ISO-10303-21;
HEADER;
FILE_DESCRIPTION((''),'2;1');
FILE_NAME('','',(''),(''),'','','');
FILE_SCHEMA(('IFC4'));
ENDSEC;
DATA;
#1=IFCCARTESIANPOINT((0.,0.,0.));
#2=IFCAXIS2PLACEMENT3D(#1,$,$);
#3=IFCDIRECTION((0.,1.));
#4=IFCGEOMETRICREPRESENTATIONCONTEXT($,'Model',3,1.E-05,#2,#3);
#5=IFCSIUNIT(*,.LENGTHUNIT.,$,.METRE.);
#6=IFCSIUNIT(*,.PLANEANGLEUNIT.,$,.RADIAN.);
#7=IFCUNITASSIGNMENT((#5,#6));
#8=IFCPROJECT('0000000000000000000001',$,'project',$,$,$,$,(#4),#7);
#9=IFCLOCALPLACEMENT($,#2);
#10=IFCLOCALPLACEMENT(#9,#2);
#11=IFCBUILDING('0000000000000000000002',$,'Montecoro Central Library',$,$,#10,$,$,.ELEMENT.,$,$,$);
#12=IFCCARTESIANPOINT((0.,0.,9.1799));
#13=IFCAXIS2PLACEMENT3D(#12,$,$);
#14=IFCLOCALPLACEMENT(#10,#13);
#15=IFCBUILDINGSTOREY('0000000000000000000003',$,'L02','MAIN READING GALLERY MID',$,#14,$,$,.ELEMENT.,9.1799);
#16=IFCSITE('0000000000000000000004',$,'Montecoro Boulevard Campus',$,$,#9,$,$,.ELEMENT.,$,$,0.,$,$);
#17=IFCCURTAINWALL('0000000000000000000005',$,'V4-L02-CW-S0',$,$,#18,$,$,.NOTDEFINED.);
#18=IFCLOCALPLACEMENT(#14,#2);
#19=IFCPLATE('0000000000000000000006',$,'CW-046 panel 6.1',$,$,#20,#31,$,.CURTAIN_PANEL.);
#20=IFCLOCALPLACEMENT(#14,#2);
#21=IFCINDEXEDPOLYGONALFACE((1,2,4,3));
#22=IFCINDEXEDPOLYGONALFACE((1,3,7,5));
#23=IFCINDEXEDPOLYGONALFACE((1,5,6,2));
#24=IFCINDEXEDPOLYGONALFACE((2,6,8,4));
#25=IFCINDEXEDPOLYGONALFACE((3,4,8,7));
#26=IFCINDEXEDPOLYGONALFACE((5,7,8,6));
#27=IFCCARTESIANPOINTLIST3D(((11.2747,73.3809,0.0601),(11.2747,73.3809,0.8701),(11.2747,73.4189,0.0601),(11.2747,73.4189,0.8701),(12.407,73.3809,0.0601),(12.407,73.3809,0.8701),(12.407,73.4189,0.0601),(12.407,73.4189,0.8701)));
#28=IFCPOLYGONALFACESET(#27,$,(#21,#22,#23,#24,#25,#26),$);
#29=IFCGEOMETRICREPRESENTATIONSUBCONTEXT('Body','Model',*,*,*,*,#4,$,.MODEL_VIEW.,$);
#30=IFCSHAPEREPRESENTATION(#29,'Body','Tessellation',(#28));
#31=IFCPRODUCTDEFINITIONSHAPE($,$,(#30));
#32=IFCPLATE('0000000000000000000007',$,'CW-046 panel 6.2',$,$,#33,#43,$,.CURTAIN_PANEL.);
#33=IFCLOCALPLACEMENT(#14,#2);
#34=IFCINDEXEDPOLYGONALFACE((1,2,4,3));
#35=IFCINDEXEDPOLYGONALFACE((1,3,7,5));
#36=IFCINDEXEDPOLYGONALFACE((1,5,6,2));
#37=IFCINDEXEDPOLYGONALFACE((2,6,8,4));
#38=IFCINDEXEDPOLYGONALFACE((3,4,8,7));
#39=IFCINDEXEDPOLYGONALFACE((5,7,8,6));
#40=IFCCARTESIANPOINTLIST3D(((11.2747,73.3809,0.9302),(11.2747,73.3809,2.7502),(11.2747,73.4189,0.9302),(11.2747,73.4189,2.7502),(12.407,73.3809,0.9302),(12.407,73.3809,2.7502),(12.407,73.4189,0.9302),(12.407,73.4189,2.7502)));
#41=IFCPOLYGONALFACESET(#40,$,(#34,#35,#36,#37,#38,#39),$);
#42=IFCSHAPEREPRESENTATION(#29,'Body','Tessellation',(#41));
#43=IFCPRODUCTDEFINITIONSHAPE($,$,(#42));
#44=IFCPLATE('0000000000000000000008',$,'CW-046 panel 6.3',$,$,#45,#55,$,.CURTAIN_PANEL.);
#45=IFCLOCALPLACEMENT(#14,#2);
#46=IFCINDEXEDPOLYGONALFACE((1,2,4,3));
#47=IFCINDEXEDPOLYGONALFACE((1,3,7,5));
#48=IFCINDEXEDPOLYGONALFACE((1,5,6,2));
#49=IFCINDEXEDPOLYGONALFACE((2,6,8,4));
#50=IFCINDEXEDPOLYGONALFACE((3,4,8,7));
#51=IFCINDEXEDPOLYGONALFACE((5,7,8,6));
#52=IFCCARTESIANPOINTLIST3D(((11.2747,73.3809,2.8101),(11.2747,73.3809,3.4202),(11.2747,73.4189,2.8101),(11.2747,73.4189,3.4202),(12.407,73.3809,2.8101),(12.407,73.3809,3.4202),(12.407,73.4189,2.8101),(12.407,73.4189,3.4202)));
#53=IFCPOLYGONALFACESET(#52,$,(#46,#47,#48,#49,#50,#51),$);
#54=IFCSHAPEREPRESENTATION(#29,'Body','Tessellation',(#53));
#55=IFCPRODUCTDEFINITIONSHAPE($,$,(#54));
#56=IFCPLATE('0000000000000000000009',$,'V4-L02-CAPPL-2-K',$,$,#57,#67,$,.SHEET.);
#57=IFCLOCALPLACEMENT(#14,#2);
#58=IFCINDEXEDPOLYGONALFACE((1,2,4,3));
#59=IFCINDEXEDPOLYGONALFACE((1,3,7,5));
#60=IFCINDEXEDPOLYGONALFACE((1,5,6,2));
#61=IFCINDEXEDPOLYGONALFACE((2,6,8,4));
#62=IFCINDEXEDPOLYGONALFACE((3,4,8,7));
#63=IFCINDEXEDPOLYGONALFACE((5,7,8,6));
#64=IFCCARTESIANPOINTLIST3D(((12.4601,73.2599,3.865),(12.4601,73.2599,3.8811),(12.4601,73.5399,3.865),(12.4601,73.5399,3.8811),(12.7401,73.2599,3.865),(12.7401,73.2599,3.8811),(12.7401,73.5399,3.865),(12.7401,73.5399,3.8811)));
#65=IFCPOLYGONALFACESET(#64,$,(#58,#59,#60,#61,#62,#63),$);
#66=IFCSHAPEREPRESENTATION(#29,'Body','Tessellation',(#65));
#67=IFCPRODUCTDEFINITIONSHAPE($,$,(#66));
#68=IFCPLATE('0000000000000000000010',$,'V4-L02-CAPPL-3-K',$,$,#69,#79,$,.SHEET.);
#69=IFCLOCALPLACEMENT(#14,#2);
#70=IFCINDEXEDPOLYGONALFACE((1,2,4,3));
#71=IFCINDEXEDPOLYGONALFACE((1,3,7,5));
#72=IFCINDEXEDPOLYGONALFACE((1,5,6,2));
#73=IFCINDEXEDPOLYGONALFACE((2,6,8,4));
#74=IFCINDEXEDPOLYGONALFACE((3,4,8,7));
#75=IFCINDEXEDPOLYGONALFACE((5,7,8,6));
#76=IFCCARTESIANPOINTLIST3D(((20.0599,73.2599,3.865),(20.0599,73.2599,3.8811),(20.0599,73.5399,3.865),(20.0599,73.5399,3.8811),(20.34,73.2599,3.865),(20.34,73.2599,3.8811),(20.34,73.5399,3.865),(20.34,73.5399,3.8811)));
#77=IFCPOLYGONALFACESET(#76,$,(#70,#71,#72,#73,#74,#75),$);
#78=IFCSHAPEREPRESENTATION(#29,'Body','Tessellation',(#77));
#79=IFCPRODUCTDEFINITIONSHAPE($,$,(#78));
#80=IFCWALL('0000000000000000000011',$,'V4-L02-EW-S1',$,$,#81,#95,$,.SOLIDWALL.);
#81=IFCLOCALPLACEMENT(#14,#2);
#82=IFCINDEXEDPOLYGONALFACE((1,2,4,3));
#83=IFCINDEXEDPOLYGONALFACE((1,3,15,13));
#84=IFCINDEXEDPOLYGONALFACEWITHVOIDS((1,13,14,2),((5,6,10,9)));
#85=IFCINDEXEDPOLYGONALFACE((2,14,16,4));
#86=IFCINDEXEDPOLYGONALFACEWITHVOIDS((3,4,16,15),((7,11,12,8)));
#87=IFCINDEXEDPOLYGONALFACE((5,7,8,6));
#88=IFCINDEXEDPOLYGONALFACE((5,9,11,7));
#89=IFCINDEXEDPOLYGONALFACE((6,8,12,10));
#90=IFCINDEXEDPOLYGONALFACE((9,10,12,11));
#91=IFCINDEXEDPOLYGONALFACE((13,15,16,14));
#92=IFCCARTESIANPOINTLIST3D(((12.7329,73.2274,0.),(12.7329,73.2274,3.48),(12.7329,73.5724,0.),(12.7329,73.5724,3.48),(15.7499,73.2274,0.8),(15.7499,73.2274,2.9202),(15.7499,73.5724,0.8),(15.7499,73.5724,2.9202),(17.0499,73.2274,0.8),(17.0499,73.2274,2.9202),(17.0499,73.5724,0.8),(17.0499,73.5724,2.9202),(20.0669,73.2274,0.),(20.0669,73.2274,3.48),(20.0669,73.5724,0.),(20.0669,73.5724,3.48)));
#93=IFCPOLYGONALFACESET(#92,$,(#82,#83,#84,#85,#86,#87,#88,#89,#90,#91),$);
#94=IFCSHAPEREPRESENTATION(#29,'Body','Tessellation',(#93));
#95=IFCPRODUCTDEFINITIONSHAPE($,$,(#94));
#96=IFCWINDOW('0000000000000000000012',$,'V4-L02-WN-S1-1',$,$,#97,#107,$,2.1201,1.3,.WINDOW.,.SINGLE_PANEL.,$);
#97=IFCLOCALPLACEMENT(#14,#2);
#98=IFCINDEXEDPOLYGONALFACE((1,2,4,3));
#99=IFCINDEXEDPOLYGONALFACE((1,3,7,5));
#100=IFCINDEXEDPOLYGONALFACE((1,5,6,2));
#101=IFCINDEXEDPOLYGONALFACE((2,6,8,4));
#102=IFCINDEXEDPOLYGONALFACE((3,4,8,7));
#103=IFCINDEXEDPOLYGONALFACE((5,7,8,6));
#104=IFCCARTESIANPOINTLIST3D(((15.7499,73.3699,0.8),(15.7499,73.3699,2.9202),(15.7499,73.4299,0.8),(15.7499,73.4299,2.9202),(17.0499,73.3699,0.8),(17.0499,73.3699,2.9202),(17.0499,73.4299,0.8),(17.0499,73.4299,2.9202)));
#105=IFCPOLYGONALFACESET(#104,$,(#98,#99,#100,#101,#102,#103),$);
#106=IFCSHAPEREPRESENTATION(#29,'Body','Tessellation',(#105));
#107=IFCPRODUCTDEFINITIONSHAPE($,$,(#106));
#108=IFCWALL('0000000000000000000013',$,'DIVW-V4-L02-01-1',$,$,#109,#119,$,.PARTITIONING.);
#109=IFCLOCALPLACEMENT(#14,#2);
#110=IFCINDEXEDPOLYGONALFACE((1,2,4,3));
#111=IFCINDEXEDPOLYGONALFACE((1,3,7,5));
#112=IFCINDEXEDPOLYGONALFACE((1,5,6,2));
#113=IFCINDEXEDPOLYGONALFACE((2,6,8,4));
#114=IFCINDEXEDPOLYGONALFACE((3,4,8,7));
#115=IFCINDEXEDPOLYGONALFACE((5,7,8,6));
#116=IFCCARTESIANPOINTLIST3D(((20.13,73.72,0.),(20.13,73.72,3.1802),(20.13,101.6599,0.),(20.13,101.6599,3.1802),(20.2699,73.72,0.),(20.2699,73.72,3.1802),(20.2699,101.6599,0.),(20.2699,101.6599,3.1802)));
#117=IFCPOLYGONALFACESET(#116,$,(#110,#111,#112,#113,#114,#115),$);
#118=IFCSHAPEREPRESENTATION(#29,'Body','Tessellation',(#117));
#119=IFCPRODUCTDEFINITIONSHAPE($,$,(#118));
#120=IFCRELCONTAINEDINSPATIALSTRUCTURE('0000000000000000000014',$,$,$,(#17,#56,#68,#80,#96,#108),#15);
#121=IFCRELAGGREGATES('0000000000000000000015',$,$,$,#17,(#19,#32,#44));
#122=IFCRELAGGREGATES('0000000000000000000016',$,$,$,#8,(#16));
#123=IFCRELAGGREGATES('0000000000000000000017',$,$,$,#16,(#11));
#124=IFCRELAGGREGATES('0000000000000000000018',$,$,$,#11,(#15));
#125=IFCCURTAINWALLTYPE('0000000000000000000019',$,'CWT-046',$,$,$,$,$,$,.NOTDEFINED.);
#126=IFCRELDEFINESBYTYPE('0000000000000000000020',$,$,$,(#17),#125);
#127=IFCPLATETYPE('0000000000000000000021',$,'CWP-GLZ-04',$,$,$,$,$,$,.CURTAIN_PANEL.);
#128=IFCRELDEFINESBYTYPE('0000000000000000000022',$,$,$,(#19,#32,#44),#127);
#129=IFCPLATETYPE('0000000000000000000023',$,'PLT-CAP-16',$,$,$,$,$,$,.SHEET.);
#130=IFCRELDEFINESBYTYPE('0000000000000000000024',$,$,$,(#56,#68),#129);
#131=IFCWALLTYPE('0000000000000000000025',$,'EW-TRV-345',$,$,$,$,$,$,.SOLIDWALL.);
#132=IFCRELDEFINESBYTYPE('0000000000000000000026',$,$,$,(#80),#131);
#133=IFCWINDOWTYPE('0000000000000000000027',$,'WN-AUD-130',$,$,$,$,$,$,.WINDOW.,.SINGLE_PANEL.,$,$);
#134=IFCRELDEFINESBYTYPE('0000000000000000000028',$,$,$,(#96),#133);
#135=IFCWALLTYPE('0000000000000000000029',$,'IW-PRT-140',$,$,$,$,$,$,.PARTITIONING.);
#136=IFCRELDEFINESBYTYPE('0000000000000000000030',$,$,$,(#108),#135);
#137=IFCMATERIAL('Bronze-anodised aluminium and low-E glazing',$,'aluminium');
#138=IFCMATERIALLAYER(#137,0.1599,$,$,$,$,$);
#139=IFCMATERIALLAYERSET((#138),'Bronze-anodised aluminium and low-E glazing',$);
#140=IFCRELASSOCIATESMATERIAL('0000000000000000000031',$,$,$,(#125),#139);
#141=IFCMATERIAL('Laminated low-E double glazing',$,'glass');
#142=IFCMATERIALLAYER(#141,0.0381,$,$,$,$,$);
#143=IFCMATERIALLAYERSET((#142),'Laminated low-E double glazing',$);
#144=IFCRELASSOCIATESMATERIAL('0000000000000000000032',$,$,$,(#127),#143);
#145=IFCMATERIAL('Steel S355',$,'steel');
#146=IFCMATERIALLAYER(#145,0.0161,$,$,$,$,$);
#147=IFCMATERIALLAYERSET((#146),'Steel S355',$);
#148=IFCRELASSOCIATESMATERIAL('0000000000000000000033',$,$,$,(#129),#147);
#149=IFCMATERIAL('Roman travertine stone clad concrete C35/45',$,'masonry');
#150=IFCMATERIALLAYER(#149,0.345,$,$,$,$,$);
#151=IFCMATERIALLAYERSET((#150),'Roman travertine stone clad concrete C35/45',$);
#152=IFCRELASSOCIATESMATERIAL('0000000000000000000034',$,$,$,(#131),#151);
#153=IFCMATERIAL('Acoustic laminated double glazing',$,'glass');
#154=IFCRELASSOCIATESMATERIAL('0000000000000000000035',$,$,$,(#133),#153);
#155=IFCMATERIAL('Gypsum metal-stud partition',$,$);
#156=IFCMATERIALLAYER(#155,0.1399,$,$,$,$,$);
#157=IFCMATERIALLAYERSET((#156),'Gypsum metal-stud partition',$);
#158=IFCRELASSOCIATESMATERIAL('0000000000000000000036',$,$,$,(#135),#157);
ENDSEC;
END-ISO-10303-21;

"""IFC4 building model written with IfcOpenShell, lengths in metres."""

from ifc_helpers import new_model, si_unit, direction, frame, frame_2d, origin, origin_2d, place, context, subcontext, project, spatial, rectangle, extrude, material, layer, layer_set, type_object, element, fill, aggregate, save


model = new_model("IFC4")

# Units and contexts
model_context = context("Model", 3, precision=1e-05, world=origin(), true_north=direction((0.0, 1.0)))
body_context = subcontext(model_context, "Body", "Model", "MODEL_VIEW")
ifc_project = project(units=[si_unit("LENGTHUNIT", "METRE"), si_unit("PLANEANGLEUNIT", "RADIAN")], contexts=[model_context])

# Site, building, storey
site_placement = place(None, origin())
site = spatial("IfcSite", under=ifc_project, at=site_placement, Name="Montecoro Boulevard Campus", CompositionType="ELEMENT", RefElevation=0.0)
building_placement = place(site_placement, origin())
building = spatial("IfcBuilding", under=site, at=building_placement, Name="Montecoro Central Library", CompositionType="ELEMENT")
storey_placement = place(building_placement, frame((0.0, 0.0, 9.1799)))
storey = spatial("IfcBuildingStorey", under=building, at=storey_placement, Name="L02", Description="MAIN READING GALLERY MID", CompositionType="ELEMENT", Elevation=9.1799)

# Shared definitions
ifc_material_1 = material(Name="Steel S355", Category="steel")

# Curtain wall, plates
ifc_material_2 = material(Name="Bronze-anodised aluminium and low-E glazing", Category="aluminium")
ifc_layer_1 = layer(ifc_material_2, 0.1599)
ifc_layer_set_1 = layer_set([ifc_layer_1], Name="Bronze-anodised aluminium and low-E glazing")
curtain_wall_type = type_object("IfcCurtainWallType", Name="CWT-046", PredefinedType="NOTDEFINED", material=ifc_layer_set_1)
curtain_wall_placement = place(storey_placement, origin())
curtain_wall = element("IfcCurtainWall", 1, at=curtain_wall_placement, inside=storey, type_object=curtain_wall_type, Name="V4-L02-CW-S0", PredefinedType="NOTDEFINED")
ifc_material_3 = material(Name="Laminated low-E double glazing", Category="glass")
ifc_layer_2 = layer(ifc_material_3, 0.0381)
ifc_layer_set_2 = layer_set([ifc_layer_2], Name="Laminated low-E double glazing")
plate_type_1 = type_object("IfcPlateType", Name="CWP-GLZ-04", PredefinedType="CURTAIN_PANEL", material=ifc_layer_set_2)
plate_1_placement = place(storey_placement, frame((11.8408, 73.3999, 0.0601), z_axis=(0.0, 0.0, 1.0), x_axis=(1.0, 0.0, 0.0)))
plate_1 = element("IfcPlate", 2, at=plate_1_placement, type_object=plate_type_1, Name="CW-046 panel 6.1", PredefinedType="CURTAIN_PANEL", context=body_context, shape_type="SweptSolid", body=[
    extrude(rectangle(XDim=1.1323, YDim=0.0381, at=origin_2d()), origin(), (0.0, 0.0, 1.0), 0.8101),
])
plate_2_placement = place(storey_placement, frame((11.8408, 73.3999, 0.9302), z_axis=(0.0, 0.0, 1.0), x_axis=(1.0, 0.0, 0.0)))
plate_2 = element("IfcPlate", 3, at=plate_2_placement, type_object=plate_type_1, Name="CW-046 panel 6.2", PredefinedType="CURTAIN_PANEL", context=body_context, shape_type="SweptSolid", body=[
    extrude(rectangle(XDim=1.1323, YDim=0.0381, at=origin_2d()), origin(), (0.0, 0.0, 1.0), 1.8201),
])
plate_3_placement = place(storey_placement, frame((11.8408, 73.3999, 2.8101), z_axis=(0.0, 0.0, 1.0), x_axis=(1.0, 0.0, 0.0)))
plate_3 = element("IfcPlate", 4, at=plate_3_placement, type_object=plate_type_1, Name="CW-046 panel 6.3", PredefinedType="CURTAIN_PANEL", context=body_context, shape_type="SweptSolid", body=[
    extrude(rectangle(XDim=1.1323, YDim=0.0381, at=origin_2d()), origin(), (0.0, 0.0, 1.0), 0.6101),
])
aggregate(curtain_wall, [plate_1, plate_2, plate_3])

# Plates
ifc_layer_3 = layer(ifc_material_1, 0.0161)
ifc_layer_set_3 = layer_set([ifc_layer_3], Name="Steel S355")
plate_type_2 = type_object("IfcPlateType", Name="PLT-CAP-16", PredefinedType="SHEET", material=ifc_layer_set_3)
for number, where, z_axis, x_axis, name in (
    (5, (12.6001, 73.3999, 3.865), (0.0, 0.0, 1.0), (1.0, 0.0, 0.0), "V4-L02-CAPPL-2-K"),
    (6, (20.2, 73.3999, 3.865), (0.0, 0.0, 1.0), (1.0, 0.0, 0.0), "V4-L02-CAPPL-3-K"),
):
    element("IfcPlate", number, at=place(storey_placement, frame(where, z_axis=z_axis, x_axis=x_axis)), inside=storey, type_object=plate_type_2, Name=name, PredefinedType="SHEET", context=body_context, shape_type="SweptSolid", body=[
        extrude(rectangle(XDim=0.28, YDim=0.28, at=origin_2d()), origin(), (0.0, 0.0, 1.0), 0.0161),
    ])

# Wall, opening, window
ifc_material_4 = material(Name="Roman travertine stone clad concrete C35/45", Category="masonry")
ifc_layer_4 = layer(ifc_material_4, 0.345)
ifc_layer_set_4 = layer_set([ifc_layer_4], Name="Roman travertine stone clad concrete C35/45")
wall_type_1 = type_object("IfcWallType", Name="EW-TRV-345", PredefinedType="SOLIDWALL", material=ifc_layer_set_4)
wall_1_placement = place(storey_placement, frame((12.7329, 73.3999, 0.0), z_axis=(0.0, 0.0, 1.0), x_axis=(1.0, 0.0, 0.0)))
wall_1 = element("IfcWall", 7, at=wall_1_placement, inside=storey, type_object=wall_type_1, Name="V4-L02-EW-S1", PredefinedType="SOLIDWALL", context=body_context, shape_type="SweptSolid", body=[
    extrude(rectangle(XDim=7.334, YDim=0.345, at=frame_2d((3.667, 0.0))), origin(), (0.0, 0.0, 1.0), 3.48),
])
opening_placement = place(wall_1_placement, frame((3.0171, 0.0, 0.8)))
opening = element("IfcOpeningElement", 8, at=opening_placement, cuts=wall_1, PredefinedType="OPENING", context=body_context, shape_type="SweptSolid", body=[
    extrude(rectangle(XDim=1.3, YDim=2.1201, at=frame_2d((0.6499, 1.0601))), frame((0.0, 0.1824, 0.0), z_axis=(0.0, -1.0, 0.0), x_axis=(1.0, 0.0, 0.0)), (0.0, 0.0, 1.0), 0.365),
])
ifc_material_5 = material(Name="Acoustic laminated double glazing", Category="glass")
window_type = type_object("IfcWindowType", Name="WN-AUD-130", PartitioningType="SINGLE_PANEL", PredefinedType="WINDOW", material=ifc_material_5)
window_placement = place(opening_placement, origin())
window = element("IfcWindow", 9, at=window_placement, inside=storey, type_object=window_type, Name="V4-L02-WN-S1-1", OverallHeight=2.1201, OverallWidth=1.3, PartitioningType="SINGLE_PANEL", PredefinedType="WINDOW", context=body_context, shape_type="SweptSolid", body=[
    extrude(rectangle(XDim=1.3, YDim=2.1201, at=frame_2d((0.6499, 1.0601))), frame((0.0, 0.03, 0.0), z_axis=(0.0, -1.0, 0.0), x_axis=(1.0, 0.0, 0.0)), (0.0, 0.0, 1.0), 0.0601),
])
fill(opening, window)

# Wall
ifc_material_6 = material(Name="Gypsum metal-stud partition")
ifc_layer_5 = layer(ifc_material_6, 0.1399)
ifc_layer_set_5 = layer_set([ifc_layer_5], Name="Gypsum metal-stud partition")
wall_type_2 = type_object("IfcWallType", Name="IW-PRT-140", PredefinedType="PARTITIONING", material=ifc_layer_set_5)
wall_2_placement = place(storey_placement, frame((20.2, 73.72, 0.0), z_axis=(0.0, 0.0, 1.0), x_axis=(0.0, 1.0, 0.0)))
element("IfcWall", 10, at=wall_2_placement, inside=storey, type_object=wall_type_2, Name="DIVW-V4-L02-01-1", PredefinedType="PARTITIONING", context=body_context, shape_type="SweptSolid", body=[
    extrude(rectangle(XDim=27.9399, YDim=0.1399, at=frame_2d((13.97, 0.0))), origin(), (0.0, 0.0, 1.0), 3.1802),
])

save(model, "model.ifc")
